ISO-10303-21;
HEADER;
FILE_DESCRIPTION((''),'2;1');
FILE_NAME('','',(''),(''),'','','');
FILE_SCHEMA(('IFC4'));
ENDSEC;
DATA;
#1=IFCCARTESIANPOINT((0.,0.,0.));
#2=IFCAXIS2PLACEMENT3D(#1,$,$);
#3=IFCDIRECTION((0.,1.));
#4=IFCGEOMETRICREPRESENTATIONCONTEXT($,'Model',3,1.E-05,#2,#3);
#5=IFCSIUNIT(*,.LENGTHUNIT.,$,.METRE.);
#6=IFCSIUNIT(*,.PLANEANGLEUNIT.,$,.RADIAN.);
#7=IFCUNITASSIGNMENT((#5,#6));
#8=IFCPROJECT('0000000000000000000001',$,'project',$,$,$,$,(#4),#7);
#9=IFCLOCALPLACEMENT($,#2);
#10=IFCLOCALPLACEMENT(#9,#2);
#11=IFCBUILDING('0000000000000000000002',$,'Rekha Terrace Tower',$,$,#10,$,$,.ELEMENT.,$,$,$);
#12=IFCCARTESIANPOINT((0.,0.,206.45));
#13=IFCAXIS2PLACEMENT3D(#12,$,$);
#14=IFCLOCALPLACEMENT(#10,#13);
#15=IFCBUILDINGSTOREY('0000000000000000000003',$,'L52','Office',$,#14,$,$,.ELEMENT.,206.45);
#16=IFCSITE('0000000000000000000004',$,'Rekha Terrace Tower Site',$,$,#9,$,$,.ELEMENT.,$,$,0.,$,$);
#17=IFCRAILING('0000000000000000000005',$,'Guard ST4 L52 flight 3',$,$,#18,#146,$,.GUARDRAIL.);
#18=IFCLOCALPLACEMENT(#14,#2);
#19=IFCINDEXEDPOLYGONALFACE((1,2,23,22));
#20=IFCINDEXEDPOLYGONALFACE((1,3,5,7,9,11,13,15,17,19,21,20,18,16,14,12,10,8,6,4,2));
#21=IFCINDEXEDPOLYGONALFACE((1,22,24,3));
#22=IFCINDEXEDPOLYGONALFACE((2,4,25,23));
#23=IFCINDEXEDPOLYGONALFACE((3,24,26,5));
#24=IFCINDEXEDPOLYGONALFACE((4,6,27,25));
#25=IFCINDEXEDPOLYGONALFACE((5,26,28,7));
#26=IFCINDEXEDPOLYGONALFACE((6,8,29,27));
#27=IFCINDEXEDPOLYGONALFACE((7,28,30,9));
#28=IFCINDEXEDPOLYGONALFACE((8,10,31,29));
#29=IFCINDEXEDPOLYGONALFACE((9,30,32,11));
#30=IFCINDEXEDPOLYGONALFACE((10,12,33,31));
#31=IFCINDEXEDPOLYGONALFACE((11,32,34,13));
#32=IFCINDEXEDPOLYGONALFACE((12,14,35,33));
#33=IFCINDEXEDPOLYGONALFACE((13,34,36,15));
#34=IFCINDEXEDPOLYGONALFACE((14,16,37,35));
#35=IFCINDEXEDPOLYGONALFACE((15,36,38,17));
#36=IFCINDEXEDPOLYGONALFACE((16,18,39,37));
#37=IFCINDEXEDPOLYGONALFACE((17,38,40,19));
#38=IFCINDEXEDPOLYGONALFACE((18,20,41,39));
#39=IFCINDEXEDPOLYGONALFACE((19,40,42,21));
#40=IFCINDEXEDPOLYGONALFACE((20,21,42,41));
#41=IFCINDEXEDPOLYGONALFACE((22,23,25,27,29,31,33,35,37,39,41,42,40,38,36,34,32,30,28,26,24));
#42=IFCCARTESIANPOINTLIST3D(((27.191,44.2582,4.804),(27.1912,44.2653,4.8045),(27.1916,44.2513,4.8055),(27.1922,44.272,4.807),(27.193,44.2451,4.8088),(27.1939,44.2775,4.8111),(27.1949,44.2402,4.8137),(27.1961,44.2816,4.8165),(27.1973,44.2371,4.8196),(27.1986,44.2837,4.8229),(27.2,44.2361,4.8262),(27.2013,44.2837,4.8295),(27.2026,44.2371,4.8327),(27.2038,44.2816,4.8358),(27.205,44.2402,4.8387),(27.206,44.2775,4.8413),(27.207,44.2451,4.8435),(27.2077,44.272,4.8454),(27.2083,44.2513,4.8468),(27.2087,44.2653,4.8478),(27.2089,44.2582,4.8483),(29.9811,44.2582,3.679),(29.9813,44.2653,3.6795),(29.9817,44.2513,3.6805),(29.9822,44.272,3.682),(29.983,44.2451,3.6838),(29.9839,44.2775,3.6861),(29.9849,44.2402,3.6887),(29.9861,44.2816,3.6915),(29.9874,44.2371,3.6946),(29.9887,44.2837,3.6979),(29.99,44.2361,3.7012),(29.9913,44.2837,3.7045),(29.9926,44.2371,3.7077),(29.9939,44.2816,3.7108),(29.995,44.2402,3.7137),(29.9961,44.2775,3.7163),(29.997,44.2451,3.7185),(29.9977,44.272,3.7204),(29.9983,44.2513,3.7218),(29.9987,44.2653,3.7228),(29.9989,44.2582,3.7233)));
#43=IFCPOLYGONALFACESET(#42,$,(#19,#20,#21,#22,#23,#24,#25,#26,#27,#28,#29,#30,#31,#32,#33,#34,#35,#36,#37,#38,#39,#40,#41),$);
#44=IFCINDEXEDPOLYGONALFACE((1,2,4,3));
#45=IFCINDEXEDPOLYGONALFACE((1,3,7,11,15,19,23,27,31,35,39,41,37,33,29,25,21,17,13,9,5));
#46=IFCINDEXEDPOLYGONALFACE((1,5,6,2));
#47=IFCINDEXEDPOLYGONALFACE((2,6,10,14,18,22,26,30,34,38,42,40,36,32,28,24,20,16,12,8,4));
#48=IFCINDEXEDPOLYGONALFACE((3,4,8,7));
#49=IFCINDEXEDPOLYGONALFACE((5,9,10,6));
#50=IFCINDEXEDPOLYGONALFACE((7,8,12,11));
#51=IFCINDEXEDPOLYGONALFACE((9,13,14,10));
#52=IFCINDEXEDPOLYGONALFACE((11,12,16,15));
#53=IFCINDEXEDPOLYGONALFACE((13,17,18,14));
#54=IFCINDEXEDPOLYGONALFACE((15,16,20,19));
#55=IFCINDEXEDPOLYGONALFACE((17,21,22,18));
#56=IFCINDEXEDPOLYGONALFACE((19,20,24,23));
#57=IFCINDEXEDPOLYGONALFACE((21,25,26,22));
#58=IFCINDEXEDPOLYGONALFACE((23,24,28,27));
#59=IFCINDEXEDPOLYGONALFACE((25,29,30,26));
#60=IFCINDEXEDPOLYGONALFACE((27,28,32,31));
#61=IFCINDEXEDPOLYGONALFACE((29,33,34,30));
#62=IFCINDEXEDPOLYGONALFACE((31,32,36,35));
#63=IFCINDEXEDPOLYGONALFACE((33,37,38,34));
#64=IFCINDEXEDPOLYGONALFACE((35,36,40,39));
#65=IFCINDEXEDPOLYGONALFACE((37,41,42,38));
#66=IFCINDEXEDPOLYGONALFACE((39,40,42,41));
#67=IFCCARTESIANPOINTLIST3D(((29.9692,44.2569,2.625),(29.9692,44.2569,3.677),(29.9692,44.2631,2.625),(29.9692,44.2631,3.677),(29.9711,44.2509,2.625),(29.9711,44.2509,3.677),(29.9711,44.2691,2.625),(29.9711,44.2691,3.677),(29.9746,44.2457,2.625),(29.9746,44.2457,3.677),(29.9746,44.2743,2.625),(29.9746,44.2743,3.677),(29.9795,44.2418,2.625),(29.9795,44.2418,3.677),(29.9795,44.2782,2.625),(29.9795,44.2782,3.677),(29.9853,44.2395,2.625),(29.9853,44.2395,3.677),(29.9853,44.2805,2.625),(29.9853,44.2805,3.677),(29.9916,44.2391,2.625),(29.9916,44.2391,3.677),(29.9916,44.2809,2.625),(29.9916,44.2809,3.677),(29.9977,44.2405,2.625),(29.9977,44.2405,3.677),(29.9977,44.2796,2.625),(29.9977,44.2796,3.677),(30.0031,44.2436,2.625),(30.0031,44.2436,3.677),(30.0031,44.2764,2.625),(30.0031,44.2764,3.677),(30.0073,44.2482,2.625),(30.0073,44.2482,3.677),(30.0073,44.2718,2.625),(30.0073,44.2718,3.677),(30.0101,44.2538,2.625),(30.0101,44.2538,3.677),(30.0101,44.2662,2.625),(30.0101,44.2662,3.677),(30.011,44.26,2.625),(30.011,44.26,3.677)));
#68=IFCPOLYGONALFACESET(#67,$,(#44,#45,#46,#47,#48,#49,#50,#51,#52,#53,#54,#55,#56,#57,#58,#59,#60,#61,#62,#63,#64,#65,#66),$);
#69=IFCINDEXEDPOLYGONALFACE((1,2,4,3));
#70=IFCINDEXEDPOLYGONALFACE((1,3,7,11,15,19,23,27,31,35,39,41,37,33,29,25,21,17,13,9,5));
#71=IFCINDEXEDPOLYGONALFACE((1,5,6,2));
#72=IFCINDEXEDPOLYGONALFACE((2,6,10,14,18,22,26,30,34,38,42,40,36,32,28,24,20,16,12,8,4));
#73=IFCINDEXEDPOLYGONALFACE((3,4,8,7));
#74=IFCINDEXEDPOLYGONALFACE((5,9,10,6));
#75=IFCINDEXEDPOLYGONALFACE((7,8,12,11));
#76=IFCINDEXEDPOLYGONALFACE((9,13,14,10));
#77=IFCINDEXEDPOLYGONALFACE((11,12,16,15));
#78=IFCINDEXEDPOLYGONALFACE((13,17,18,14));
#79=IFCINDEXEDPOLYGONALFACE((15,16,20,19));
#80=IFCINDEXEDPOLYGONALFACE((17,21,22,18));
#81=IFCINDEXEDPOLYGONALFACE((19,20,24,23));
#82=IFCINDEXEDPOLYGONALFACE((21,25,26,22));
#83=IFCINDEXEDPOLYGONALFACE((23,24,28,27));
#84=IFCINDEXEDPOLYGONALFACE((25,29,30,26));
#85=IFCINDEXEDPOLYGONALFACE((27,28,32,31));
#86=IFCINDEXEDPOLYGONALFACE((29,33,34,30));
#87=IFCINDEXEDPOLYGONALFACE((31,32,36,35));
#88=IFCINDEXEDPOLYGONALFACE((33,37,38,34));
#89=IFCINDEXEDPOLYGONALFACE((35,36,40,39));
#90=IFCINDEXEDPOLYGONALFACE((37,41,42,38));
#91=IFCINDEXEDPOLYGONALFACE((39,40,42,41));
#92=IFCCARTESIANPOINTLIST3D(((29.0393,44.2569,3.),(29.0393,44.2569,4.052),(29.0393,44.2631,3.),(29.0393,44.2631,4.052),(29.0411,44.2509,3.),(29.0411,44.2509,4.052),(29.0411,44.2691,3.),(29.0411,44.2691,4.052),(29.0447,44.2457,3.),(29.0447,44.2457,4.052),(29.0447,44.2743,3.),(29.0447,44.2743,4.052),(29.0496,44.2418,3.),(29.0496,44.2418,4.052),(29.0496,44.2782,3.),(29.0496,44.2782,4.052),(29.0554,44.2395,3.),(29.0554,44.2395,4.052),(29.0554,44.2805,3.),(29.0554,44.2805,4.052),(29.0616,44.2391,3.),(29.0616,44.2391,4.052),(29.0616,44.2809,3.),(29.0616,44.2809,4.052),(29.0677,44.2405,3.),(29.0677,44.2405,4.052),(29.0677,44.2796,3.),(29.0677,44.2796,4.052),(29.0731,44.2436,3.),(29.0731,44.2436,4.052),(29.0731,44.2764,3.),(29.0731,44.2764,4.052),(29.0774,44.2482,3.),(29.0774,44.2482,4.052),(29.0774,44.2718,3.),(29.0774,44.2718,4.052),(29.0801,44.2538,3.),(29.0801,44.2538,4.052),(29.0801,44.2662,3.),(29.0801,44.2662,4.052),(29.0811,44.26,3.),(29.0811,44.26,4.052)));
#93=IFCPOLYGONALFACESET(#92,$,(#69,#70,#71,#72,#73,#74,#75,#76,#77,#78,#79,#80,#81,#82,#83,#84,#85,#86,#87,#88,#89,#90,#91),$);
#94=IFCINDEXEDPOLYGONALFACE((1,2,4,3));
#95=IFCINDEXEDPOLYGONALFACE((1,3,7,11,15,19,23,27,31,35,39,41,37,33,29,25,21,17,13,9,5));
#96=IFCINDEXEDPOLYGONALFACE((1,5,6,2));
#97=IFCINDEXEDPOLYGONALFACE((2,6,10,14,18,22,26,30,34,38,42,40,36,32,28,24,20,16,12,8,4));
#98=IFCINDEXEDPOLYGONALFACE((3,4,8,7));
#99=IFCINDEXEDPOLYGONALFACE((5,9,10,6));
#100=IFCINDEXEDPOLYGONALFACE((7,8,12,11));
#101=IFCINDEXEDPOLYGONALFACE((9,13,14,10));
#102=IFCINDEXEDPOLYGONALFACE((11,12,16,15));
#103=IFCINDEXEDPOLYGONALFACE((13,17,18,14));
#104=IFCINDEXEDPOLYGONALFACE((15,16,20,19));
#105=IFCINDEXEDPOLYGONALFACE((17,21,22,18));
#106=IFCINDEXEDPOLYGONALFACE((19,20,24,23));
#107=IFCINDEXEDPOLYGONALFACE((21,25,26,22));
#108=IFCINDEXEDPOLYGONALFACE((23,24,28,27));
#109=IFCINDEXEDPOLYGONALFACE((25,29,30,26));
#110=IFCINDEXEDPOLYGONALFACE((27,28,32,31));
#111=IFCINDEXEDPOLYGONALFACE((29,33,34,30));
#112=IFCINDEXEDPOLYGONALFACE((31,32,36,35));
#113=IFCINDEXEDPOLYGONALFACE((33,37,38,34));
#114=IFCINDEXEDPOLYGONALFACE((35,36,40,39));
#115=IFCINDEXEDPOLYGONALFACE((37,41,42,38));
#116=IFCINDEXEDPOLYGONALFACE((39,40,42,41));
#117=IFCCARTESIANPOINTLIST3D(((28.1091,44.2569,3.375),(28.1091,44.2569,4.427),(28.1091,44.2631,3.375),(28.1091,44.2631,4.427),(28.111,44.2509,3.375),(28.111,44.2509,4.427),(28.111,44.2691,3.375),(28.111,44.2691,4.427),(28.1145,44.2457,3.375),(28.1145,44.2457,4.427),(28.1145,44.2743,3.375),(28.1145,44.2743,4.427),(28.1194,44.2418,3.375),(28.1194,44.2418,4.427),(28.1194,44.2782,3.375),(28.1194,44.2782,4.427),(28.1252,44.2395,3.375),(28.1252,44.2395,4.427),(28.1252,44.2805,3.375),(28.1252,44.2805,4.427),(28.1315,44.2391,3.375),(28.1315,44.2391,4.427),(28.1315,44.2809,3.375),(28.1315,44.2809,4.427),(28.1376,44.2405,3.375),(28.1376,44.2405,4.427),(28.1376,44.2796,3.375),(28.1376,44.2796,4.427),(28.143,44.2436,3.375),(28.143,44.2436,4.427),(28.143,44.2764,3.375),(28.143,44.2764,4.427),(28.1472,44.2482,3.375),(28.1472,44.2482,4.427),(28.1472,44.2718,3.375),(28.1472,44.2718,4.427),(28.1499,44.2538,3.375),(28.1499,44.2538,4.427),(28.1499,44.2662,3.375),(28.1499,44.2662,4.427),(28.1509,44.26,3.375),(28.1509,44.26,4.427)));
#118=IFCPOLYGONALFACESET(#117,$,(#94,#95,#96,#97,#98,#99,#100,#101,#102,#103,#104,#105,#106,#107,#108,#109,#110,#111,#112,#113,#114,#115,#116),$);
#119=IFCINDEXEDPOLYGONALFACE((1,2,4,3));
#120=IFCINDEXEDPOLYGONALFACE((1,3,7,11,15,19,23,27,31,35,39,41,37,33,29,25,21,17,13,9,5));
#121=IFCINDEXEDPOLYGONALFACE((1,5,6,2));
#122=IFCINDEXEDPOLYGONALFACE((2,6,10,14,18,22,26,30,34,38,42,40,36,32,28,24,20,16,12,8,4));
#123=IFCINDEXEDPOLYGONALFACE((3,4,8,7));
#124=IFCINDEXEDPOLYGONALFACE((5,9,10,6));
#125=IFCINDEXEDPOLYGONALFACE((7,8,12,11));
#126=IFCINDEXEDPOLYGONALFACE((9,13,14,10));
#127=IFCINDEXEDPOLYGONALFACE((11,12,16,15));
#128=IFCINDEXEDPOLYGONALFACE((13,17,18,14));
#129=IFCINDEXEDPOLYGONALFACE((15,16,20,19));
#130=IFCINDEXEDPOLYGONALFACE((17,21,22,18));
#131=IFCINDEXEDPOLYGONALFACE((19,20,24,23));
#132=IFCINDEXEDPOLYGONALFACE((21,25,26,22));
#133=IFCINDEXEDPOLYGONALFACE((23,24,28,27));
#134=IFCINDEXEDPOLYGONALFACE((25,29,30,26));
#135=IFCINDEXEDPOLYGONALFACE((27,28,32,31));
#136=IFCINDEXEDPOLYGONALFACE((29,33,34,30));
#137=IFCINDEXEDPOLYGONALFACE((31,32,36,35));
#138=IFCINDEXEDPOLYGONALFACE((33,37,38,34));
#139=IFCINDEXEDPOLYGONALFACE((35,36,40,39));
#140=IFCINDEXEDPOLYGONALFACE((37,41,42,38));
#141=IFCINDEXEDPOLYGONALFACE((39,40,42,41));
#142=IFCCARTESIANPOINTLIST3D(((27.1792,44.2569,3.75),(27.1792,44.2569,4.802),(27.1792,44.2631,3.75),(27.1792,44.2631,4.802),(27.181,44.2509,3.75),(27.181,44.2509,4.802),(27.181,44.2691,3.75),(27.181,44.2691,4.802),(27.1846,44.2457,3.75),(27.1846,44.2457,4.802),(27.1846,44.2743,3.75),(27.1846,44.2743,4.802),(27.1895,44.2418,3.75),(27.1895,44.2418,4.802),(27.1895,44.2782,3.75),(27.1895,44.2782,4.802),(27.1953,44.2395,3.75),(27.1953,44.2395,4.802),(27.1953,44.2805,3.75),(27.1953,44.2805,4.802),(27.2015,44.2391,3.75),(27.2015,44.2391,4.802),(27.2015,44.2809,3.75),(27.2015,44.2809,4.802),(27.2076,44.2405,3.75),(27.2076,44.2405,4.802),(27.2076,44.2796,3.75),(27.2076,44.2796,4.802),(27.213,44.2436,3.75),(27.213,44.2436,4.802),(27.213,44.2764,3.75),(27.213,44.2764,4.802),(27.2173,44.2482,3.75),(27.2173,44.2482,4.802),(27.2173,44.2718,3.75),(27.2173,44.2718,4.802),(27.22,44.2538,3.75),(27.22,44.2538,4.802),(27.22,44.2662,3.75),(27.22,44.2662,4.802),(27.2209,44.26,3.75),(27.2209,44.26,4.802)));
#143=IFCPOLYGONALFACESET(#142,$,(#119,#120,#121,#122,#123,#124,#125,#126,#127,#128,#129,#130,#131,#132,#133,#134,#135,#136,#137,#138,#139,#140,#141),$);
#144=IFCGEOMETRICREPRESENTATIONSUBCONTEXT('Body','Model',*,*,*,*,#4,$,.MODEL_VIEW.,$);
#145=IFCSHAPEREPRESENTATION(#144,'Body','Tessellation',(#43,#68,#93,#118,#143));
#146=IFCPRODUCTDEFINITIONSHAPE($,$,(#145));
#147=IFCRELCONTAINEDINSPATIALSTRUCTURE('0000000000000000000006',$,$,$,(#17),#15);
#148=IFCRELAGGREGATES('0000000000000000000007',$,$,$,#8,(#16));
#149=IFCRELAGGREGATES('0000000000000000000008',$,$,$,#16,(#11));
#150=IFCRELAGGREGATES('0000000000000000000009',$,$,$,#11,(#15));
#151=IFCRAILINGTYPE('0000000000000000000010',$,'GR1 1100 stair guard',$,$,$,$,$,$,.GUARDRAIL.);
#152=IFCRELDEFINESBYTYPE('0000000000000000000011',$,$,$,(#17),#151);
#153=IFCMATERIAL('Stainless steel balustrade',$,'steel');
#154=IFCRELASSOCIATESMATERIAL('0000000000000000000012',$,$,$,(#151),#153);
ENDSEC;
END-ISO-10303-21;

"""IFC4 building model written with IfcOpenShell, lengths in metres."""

from ifc_helpers import new_model, si_unit, direction, frame, origin, origin_2d, place, context, subcontext, project, spatial, circle, extrude, material, type_object, element, save


model = new_model("IFC4")

# Units and contexts
model_context = context("Model", 3, precision=1e-05, world=origin(), true_north=direction((0.0, 1.0)))
body_context = subcontext(model_context, "Body", "Model", "MODEL_VIEW")
ifc_project = project(units=[si_unit("LENGTHUNIT", "METRE"), si_unit("PLANEANGLEUNIT", "RADIAN")], contexts=[model_context])

# Site, building, storey
site_placement = place(None, origin())
site = spatial("IfcSite", under=ifc_project, at=site_placement, Name="Rekha Terrace Tower Site", CompositionType="ELEMENT", RefElevation=0.0)
building_placement = place(site_placement, origin())
building = spatial("IfcBuilding", under=site, at=building_placement, Name="Rekha Terrace Tower", CompositionType="ELEMENT")
storey_placement = place(building_placement, frame((0.0, 0.0, 206.45)))
storey = spatial("IfcBuildingStorey", under=building, at=storey_placement, Name="L52", Description="Office", CompositionType="ELEMENT", Elevation=206.45)

# Railing
ifc_material_1 = material(Name="Stainless steel balustrade", Category="steel")
railing_type_1 = type_object("IfcRailingType", Name="GR1 1100 stair guard", PredefinedType="GUARDRAIL", material=ifc_material_1)
railing_1_placement = place(storey_placement, frame((29.99, 44.26, 2.625)))
element("IfcRailing", 1, at=railing_1_placement, inside=storey, type_object=railing_type_1, Name="Guard ST4 L52 flight 3", PredefinedType="GUARDRAIL", context=body_context, shape_type="SweptSolid", body=[
    extrude(circle(Radius=0.0239, at=origin_2d()), frame((0.0, 0.0, 1.0762), z_axis=(-0.927443, 0.0, 0.373964), x_axis=(0.0, -1.0, 0.0)), (0.0, 0.0, 1.0), 3.0083),
    extrude(circle(Radius=0.021, at=origin_2d()), origin(), (0.0, 0.0, 1.0), 1.052),
    extrude(circle(Radius=0.021, at=origin_2d()), frame((-0.9299, 0.0, 0.375)), (0.0, 0.0, 1.0), 1.052),
    extrude(circle(Radius=0.021, at=origin_2d()), frame((-1.8601, 0.0, 0.75)), (0.0, 0.0, 1.0), 1.052),
    extrude(circle(Radius=0.021, at=origin_2d()), frame((-2.79, 0.0, 1.125)), (0.0, 0.0, 1.0), 1.052),
])

save(model, "model.ifc")
